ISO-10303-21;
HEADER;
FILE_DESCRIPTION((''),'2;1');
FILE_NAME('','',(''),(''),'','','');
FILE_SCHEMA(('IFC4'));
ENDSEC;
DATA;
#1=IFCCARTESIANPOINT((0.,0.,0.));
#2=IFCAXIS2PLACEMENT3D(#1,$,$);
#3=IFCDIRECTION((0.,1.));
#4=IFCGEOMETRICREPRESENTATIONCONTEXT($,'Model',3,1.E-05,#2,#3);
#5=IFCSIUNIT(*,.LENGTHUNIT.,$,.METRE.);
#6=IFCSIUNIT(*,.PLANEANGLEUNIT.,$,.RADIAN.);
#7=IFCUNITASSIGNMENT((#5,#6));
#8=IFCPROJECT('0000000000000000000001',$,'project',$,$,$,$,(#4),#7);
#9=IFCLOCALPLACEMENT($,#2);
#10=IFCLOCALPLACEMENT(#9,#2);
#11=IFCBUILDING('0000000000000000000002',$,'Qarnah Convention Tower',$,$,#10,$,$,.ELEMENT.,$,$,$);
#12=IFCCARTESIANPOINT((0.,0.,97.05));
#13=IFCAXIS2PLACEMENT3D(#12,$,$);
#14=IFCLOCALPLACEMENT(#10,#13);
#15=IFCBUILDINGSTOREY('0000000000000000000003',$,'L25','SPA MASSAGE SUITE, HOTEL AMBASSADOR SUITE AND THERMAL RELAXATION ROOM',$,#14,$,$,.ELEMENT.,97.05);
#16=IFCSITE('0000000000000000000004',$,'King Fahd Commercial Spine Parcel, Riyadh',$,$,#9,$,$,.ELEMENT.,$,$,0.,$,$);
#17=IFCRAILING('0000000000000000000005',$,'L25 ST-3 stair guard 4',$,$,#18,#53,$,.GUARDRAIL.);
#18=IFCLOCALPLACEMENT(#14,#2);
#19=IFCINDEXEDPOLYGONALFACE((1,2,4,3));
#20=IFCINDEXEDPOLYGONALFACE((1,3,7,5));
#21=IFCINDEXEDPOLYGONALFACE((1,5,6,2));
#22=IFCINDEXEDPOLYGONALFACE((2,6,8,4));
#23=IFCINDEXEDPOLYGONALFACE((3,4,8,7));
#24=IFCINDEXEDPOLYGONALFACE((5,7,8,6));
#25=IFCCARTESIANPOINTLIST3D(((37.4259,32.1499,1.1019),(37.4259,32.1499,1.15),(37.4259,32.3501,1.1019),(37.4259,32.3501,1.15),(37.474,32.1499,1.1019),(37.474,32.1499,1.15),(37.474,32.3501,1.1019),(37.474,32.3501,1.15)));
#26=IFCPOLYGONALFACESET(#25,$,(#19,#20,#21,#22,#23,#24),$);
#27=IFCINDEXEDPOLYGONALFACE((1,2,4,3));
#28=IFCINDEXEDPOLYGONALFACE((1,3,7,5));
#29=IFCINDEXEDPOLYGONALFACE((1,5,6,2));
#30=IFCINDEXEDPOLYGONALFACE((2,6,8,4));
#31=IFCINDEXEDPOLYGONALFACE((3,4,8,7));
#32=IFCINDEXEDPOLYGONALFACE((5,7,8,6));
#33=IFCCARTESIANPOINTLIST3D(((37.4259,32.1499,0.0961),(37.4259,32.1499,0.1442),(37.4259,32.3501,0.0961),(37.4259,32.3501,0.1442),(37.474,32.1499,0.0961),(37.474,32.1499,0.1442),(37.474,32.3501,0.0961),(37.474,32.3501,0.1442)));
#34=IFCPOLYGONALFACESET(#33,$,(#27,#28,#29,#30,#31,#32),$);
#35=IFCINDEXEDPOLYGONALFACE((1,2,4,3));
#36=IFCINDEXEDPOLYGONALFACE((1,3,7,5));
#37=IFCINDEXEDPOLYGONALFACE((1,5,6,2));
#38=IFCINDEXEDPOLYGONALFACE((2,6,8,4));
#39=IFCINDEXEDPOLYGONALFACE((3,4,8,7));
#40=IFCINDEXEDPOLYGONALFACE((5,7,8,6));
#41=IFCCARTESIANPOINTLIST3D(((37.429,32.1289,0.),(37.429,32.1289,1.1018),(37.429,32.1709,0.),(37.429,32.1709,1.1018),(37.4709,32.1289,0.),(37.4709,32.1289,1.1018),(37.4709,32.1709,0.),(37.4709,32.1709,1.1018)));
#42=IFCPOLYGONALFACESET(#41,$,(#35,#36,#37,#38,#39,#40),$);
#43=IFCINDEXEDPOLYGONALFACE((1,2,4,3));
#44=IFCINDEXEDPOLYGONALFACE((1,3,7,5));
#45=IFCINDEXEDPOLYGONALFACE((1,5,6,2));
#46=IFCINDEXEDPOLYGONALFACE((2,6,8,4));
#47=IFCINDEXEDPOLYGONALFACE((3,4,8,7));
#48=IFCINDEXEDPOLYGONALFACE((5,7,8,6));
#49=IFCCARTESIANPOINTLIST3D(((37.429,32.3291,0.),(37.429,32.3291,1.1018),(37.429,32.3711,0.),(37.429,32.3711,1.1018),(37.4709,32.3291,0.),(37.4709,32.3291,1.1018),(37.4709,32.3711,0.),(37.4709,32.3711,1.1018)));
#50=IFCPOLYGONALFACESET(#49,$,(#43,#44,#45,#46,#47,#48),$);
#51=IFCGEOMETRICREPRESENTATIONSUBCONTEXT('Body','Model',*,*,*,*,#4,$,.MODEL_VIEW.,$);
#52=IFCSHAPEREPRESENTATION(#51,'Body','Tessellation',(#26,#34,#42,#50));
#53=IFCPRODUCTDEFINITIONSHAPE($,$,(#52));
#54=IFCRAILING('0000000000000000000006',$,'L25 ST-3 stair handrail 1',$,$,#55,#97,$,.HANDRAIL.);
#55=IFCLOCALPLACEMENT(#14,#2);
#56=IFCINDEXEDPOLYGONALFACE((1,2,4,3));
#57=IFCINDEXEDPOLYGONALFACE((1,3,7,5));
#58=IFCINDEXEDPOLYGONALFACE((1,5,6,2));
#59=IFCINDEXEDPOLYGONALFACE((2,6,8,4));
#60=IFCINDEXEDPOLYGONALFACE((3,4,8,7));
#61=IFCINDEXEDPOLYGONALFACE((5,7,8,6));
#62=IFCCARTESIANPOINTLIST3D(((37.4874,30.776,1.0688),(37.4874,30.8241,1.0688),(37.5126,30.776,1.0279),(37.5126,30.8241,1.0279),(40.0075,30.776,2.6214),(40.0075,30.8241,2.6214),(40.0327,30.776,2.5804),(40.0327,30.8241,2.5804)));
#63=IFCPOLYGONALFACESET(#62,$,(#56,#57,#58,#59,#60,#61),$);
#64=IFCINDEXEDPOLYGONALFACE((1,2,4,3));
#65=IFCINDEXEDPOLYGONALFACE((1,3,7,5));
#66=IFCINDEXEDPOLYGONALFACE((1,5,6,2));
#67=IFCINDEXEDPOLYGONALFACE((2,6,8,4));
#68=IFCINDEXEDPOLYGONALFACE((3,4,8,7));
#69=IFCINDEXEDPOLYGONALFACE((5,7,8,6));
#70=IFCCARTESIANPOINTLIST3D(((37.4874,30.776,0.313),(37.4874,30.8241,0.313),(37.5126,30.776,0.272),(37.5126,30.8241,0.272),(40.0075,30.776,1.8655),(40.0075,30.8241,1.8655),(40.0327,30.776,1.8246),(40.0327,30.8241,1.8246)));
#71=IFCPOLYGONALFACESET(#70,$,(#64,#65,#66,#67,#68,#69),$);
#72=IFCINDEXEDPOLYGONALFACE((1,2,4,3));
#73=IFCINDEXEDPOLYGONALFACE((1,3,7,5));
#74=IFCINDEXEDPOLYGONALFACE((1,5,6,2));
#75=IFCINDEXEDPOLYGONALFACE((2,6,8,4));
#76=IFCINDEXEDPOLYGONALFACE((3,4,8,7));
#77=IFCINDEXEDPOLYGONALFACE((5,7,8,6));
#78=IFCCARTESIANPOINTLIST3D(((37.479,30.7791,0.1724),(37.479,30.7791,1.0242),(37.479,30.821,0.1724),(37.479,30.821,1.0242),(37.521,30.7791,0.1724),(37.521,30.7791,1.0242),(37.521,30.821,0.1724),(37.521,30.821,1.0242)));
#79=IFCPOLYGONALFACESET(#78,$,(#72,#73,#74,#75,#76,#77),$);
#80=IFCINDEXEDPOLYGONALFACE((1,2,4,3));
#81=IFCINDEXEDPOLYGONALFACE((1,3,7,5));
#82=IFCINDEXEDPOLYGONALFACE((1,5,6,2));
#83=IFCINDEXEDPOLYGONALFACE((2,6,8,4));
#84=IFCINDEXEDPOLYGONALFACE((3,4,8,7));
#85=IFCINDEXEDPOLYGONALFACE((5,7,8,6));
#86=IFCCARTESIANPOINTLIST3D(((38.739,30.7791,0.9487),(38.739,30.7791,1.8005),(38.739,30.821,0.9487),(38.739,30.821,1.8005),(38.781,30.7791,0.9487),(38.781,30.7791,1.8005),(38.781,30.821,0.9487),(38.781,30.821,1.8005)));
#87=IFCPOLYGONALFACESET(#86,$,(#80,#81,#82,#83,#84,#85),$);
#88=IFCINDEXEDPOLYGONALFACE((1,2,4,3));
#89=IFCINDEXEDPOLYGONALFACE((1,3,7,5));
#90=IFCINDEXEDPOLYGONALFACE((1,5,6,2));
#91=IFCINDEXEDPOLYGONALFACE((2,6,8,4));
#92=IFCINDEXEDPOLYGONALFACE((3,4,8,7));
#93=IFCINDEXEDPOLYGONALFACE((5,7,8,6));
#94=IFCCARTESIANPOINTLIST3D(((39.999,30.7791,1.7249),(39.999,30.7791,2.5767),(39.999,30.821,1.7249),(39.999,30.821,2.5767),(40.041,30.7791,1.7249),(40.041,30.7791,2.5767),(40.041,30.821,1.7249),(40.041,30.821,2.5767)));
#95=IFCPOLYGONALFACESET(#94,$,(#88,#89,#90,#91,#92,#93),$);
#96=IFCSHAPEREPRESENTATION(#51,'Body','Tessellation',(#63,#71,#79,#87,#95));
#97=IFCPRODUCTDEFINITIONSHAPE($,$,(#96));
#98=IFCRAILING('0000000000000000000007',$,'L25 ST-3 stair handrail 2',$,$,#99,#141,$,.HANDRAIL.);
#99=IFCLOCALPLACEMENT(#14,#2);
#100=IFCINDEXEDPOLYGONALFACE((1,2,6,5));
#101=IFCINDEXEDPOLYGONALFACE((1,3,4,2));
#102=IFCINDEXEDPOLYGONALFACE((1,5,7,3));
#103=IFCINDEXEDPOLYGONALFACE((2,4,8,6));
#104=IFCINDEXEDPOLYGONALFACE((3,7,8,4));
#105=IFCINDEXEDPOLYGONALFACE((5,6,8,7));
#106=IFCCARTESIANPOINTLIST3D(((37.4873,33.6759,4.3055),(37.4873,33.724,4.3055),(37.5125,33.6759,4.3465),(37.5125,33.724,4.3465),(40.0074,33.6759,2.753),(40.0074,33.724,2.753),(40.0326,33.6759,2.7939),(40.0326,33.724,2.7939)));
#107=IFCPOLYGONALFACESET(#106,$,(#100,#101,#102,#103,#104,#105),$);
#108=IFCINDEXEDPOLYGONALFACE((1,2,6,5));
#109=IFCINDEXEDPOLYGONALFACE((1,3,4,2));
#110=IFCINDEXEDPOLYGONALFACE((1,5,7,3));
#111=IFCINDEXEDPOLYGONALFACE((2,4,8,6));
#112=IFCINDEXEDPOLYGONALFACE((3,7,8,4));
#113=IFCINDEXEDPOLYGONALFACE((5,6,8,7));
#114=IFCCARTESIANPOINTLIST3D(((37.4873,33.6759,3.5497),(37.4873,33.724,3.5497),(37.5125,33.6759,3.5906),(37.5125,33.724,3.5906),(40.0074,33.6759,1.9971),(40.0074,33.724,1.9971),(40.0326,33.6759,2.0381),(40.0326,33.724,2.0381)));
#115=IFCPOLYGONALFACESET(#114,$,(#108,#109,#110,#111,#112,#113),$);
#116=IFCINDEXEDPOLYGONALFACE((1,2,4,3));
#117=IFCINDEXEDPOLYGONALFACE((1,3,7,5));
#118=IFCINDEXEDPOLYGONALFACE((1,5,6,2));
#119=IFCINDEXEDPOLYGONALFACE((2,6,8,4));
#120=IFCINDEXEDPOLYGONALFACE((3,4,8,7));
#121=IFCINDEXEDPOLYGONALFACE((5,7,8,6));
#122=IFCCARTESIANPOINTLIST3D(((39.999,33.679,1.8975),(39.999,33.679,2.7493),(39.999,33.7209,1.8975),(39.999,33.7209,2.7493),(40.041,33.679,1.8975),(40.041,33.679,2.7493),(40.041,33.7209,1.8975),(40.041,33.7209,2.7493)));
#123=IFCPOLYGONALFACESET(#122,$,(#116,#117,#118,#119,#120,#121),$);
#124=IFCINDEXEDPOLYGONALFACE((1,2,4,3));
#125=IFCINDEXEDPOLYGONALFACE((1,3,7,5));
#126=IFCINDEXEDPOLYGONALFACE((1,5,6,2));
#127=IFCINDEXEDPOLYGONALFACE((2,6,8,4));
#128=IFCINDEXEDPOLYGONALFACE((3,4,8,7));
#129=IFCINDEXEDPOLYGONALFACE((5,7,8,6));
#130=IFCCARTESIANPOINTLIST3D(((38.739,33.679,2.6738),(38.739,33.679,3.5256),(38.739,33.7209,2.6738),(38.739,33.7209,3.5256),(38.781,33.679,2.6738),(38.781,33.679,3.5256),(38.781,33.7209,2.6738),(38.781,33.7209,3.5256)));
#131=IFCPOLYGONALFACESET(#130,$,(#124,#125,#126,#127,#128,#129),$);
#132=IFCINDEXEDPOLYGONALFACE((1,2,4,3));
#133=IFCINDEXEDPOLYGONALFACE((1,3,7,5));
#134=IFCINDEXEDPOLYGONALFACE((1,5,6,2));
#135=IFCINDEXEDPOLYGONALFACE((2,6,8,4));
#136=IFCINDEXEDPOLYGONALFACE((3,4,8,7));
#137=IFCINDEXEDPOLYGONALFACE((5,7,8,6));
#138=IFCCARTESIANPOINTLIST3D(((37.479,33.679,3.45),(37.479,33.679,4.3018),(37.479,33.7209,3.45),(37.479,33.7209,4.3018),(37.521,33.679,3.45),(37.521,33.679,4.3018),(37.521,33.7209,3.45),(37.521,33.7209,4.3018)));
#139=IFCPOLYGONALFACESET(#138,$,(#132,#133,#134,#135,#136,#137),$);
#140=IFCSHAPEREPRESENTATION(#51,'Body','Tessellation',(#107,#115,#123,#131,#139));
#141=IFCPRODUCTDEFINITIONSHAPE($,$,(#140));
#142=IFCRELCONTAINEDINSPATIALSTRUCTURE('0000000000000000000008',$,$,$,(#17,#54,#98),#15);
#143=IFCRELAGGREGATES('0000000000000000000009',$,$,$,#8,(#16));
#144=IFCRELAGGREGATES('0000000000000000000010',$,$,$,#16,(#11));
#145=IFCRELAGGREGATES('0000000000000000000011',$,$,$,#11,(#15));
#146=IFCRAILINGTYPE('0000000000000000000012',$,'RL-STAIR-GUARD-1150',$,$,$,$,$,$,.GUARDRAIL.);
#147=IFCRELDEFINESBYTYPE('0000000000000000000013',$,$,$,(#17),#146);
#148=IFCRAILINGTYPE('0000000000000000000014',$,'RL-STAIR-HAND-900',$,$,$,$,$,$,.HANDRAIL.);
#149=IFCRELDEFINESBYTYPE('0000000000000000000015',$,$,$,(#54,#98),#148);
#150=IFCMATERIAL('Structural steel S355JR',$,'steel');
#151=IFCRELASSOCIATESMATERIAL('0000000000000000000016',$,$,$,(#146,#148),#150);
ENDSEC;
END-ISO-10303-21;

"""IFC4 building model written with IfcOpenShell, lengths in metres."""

from ifc_helpers import new_model, si_unit, direction, frame, origin, origin_2d, place, context, subcontext, project, spatial, rectangle, extrude, material, type_object, element, save


model = new_model("IFC4")

# Units and contexts
model_context = context("Model", 3, precision=1e-05, world=origin(), true_north=direction((0.0, 1.0)))
body_context = subcontext(model_context, "Body", "Model", "MODEL_VIEW")
ifc_project = project(units=[si_unit("LENGTHUNIT", "METRE"), si_unit("PLANEANGLEUNIT", "RADIAN")], contexts=[model_context])

# Site, building, storey
site_placement = place(None, origin())
site = spatial("IfcSite", under=ifc_project, at=site_placement, Name="King Fahd Commercial Spine Parcel, Riyadh", CompositionType="ELEMENT", RefElevation=0.0)
building_placement = place(site_placement, origin())
building = spatial("IfcBuilding", under=site, at=building_placement, Name="Qarnah Convention Tower", CompositionType="ELEMENT")
storey_placement = place(building_placement, frame((0.0, 0.0, 97.05)))
storey = spatial("IfcBuildingStorey", under=building, at=storey_placement, Name="L25", Description="SPA MASSAGE SUITE, HOTEL AMBASSADOR SUITE AND THERMAL RELAXATION ROOM", CompositionType="ELEMENT", Elevation=97.05)

# Shared definitions
ifc_material_1 = material(Name="Structural steel S355JR", Category="steel")

# Railings
railing_type_1 = type_object("IfcRailingType", Name="RL-STAIR-GUARD-1150", PredefinedType="GUARDRAIL", material=ifc_material_1)
railing_1_placement = place(storey_placement, frame((37.45, 32.1499, 0.0)))
element("IfcRailing", 1, at=railing_1_placement, inside=storey, type_object=railing_type_1, Name="L25 ST-3 stair guard 4", PredefinedType="GUARDRAIL", context=body_context, shape_type="SweptSolid", body=[
    extrude(rectangle(XDim=0.0481, YDim=0.0481, at=origin_2d()), frame((0.0, 0.0, 1.126), z_axis=(0.0, 1.0, 0.0), x_axis=(-1.0, 0.0, 0.0)), (0.0, 0.0, 1.0), 0.2002),
    extrude(rectangle(XDim=0.0481, YDim=0.0481, at=origin_2d()), frame((0.0, 0.0, 0.1201), z_axis=(0.0, 1.0, 0.0), x_axis=(-1.0, 0.0, 0.0)), (0.0, 0.0, 1.0), 0.2002),
    extrude(rectangle(XDim=0.042, YDim=0.042, at=origin_2d()), origin(), (0.0, 0.0, 1.0), 1.1018),
    extrude(rectangle(XDim=0.042, YDim=0.042, at=origin_2d()), frame((0.0, 0.2002, 0.0)), (0.0, 0.0, 1.0), 1.1018),
])
railing_type_2 = type_object("IfcRailingType", Name="RL-STAIR-HAND-900", PredefinedType="HANDRAIL", material=ifc_material_1)
railing_2_placement = place(storey_placement, frame((37.5, 30.8, 0.1724)))
element("IfcRailing", 2, at=railing_2_placement, inside=storey, type_object=railing_type_2, Name="L25 ST-3 stair handrail 1", PredefinedType="HANDRAIL", context=body_context, shape_type="SweptSolid", body=[
    extrude(rectangle(XDim=0.0481, YDim=0.0481, at=origin_2d()), frame((0.0, 0.0, 0.876), z_axis=(0.8514, 0.0, 0.524516), x_axis=(0.0, 1.0, 0.0)), (0.0, 0.0, 1.0), 2.96),
    extrude(rectangle(XDim=0.0481, YDim=0.0481, at=origin_2d()), frame((0.0, 0.0, 0.1201), z_axis=(0.8514, 0.0, 0.524516), x_axis=(0.0, 1.0, 0.0)), (0.0, 0.0, 1.0), 2.96),
    extrude(rectangle(XDim=0.042, YDim=0.042, at=origin_2d()), origin(), (0.0, 0.0, 1.0), 0.8518),
    extrude(rectangle(XDim=0.042, YDim=0.042, at=origin_2d()), frame((1.26, 0.0, 0.7764)), (0.0, 0.0, 1.0), 0.8518),
    extrude(rectangle(XDim=0.042, YDim=0.042, at=origin_2d()), frame((2.52, 0.0, 1.5525)), (0.0, 0.0, 1.0), 0.8518),
])
railing_3_placement = place(storey_placement, frame((40.02, 33.7, 1.8975)))
element("IfcRailing", 3, at=railing_3_placement, inside=storey, type_object=railing_type_2, Name="L25 ST-3 stair handrail 2", PredefinedType="HANDRAIL", context=body_context, shape_type="SweptSolid", body=[
    extrude(rectangle(XDim=0.0481, YDim=0.0481, at=origin_2d()), frame((0.0, 0.0, 0.876), z_axis=(-0.8514, 0.0, 0.524516), x_axis=(0.0, -1.0, 0.0)), (0.0, 0.0, 1.0), 2.96),
    extrude(rectangle(XDim=0.0481, YDim=0.0481, at=origin_2d()), frame((0.0, 0.0, 0.1201), z_axis=(-0.8514, 0.0, 0.524516), x_axis=(0.0, -1.0, 0.0)), (0.0, 0.0, 1.0), 2.96),
    extrude(rectangle(XDim=0.042, YDim=0.042, at=origin_2d()), origin(), (0.0, 0.0, 1.0), 0.8518),
    extrude(rectangle(XDim=0.042, YDim=0.042, at=origin_2d()), frame((-1.26, 0.0, 0.7764)), (0.0, 0.0, 1.0), 0.8518),
    extrude(rectangle(XDim=0.042, YDim=0.042, at=origin_2d()), frame((-2.52, 0.0, 1.5525)), (0.0, 0.0, 1.0), 0.8518),
])

save(model, "model.ifc")
